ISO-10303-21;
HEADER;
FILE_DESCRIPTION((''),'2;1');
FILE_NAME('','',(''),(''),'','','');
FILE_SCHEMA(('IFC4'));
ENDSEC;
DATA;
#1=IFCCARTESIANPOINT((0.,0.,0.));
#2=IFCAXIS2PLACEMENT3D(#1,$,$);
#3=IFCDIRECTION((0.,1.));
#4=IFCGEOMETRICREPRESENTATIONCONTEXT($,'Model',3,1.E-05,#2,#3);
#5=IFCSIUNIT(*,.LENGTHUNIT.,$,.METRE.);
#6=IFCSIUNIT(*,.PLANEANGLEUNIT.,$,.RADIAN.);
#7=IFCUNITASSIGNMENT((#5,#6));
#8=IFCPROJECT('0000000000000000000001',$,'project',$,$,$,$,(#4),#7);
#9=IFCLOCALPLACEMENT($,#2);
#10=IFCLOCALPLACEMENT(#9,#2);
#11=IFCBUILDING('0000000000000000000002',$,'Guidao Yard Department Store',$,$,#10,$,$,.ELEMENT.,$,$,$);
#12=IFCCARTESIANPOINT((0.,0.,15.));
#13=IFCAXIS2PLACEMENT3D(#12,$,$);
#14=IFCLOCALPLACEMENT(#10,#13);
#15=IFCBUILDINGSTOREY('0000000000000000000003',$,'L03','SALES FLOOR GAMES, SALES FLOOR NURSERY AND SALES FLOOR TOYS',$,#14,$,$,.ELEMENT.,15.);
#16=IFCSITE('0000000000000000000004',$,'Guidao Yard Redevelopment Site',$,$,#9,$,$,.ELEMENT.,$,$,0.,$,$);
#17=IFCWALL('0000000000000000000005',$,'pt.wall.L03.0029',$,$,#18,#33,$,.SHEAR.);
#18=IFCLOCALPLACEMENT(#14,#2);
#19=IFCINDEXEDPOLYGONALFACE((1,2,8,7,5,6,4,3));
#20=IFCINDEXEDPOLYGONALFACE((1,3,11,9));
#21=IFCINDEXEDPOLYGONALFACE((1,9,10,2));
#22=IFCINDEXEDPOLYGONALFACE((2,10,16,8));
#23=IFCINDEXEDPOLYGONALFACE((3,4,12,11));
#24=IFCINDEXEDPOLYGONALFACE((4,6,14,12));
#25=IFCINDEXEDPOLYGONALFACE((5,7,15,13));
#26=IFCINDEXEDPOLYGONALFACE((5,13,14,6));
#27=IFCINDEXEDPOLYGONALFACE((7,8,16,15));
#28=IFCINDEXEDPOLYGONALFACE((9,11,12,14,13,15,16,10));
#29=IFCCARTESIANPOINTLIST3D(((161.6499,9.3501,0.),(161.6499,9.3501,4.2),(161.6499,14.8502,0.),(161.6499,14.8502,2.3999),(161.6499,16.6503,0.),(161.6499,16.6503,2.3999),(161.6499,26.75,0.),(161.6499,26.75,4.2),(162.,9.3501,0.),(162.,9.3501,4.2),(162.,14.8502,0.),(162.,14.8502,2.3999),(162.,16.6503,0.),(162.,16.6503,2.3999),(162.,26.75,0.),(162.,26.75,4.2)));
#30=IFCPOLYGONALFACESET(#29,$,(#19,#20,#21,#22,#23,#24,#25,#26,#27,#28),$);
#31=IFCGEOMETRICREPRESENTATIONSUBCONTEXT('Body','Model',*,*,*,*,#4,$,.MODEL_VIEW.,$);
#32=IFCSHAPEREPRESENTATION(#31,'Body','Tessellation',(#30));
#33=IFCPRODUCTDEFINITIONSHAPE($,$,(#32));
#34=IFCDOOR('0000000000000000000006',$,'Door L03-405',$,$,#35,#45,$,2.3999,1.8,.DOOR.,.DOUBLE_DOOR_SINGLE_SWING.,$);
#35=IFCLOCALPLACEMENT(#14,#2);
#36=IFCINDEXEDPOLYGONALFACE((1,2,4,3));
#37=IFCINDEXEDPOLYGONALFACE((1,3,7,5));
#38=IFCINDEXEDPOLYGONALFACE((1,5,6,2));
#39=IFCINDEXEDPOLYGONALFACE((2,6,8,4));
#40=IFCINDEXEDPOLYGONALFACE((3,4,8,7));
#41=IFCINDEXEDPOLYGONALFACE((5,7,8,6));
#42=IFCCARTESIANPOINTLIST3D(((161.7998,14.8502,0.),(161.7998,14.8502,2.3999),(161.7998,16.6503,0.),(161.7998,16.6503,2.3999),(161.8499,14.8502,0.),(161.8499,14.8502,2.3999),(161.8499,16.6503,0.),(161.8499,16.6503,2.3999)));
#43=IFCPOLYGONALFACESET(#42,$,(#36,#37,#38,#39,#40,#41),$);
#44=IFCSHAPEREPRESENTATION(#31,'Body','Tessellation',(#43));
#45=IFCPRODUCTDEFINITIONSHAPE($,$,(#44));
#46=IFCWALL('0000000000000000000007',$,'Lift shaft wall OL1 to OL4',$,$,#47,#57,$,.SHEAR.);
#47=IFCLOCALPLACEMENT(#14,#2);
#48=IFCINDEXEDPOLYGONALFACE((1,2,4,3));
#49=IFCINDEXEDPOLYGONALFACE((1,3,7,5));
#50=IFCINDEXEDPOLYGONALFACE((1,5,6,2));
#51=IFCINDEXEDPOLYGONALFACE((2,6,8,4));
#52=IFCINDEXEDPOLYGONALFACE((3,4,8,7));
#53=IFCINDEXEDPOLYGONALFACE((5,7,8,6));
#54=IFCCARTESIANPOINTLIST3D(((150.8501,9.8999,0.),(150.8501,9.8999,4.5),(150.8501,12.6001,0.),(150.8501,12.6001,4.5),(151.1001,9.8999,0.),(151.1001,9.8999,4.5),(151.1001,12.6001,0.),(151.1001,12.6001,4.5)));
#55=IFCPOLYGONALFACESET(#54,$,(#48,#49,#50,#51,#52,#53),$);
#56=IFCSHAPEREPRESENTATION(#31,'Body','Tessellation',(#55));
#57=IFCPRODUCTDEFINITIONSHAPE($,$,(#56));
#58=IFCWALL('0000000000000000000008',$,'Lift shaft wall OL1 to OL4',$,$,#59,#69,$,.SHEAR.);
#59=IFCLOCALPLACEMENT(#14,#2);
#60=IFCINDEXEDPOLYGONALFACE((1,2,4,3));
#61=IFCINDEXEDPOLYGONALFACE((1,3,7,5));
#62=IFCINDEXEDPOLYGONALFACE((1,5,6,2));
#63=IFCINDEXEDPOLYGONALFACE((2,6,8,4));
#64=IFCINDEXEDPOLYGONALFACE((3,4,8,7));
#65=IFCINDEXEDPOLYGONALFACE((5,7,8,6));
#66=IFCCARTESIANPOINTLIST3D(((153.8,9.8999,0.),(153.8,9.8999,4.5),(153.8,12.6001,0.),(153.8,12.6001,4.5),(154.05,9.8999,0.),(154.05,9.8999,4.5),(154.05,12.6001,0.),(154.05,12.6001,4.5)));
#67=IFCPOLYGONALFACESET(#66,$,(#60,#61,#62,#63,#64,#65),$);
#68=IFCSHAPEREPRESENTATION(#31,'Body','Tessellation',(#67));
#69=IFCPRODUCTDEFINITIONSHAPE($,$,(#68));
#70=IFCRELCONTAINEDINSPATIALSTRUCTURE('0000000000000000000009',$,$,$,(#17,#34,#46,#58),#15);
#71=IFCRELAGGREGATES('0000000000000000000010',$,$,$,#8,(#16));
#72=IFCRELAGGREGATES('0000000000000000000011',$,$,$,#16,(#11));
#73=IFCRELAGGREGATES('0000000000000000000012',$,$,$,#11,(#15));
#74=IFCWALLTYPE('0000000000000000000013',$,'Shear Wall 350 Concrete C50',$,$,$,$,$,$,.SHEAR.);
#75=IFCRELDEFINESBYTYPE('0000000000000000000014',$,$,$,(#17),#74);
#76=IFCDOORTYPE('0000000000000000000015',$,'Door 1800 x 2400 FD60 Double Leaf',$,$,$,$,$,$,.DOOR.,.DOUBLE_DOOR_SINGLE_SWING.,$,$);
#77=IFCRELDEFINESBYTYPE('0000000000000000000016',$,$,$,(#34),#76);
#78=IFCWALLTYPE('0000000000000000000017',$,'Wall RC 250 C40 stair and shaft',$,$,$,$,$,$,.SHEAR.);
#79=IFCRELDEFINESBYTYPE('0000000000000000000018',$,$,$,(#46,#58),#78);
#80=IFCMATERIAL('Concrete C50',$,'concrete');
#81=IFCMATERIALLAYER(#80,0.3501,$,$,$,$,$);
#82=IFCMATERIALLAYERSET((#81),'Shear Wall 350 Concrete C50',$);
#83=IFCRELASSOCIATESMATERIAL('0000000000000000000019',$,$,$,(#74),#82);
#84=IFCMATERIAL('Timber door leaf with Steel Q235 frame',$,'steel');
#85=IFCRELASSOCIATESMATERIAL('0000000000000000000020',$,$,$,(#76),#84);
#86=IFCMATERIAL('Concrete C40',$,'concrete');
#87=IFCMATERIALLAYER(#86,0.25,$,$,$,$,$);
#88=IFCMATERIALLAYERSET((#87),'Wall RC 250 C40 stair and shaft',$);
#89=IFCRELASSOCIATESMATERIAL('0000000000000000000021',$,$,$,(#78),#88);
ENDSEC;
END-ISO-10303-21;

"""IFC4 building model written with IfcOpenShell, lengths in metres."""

from ifc_helpers import new_model, si_unit, direction, frame, frame_2d, origin, place, context, subcontext, project, spatial, rectangle, extrude, material, layer, layer_set, type_object, element, fill, save


model = new_model("IFC4")

# Units and contexts
model_context = context("Model", 3, precision=1e-05, world=origin(), true_north=direction((0.0, 1.0)))
body_context = subcontext(model_context, "Body", "Model", "MODEL_VIEW")
ifc_project = project(units=[si_unit("LENGTHUNIT", "METRE"), si_unit("PLANEANGLEUNIT", "RADIAN")], contexts=[model_context])

# Site, building, storey
site_placement = place(None, origin())
site = spatial("IfcSite", under=ifc_project, at=site_placement, Name="Guidao Yard Redevelopment Site", CompositionType="ELEMENT", RefElevation=0.0)
building_placement = place(site_placement, origin())
building = spatial("IfcBuilding", under=site, at=building_placement, Name="Guidao Yard Department Store", CompositionType="ELEMENT")
storey_placement = place(building_placement, frame((0.0, 0.0, 15.0)))
storey = spatial("IfcBuildingStorey", under=building, at=storey_placement, Name="L03", Description="SALES FLOOR GAMES, SALES FLOOR NURSERY AND SALES FLOOR TOYS", CompositionType="ELEMENT", Elevation=15.0)

# Wall, opening, door
ifc_material_1 = material(Name="Concrete C50", Category="concrete")
ifc_layer_1 = layer(ifc_material_1, 0.3501)
ifc_layer_set_1 = layer_set([ifc_layer_1], Name="Shear Wall 350 Concrete C50")
wall_type_1 = type_object("IfcWallType", Name="Shear Wall 350 Concrete C50", PredefinedType="SHEAR", material=ifc_layer_set_1)
wall_placement = place(storey_placement, frame((161.825, 9.3501, 0.0), z_axis=(0.0, 0.0, 1.0), x_axis=(0.0, 1.0, 0.0)))
wall = element("IfcWall", 1, at=wall_placement, inside=storey, type_object=wall_type_1, Name="pt.wall.L03.0029", PredefinedType="SHEAR", context=body_context, shape_type="SweptSolid", body=[
    extrude(rectangle(XDim=17.3999, YDim=0.3501, at=frame_2d((8.7, 0.0))), origin(), (0.0, 0.0, 1.0), 4.2),
])
opening_placement = place(wall_placement, frame((7.3, 0.0, 0.0), z_axis=(0.0, 0.0, 1.0), x_axis=(-1.0, 0.0, 0.0)))
opening = element("IfcOpeningElement", 2, at=opening_placement, cuts=wall, PredefinedType="OPENING", context=body_context, shape_type="SweptSolid", body=[
    extrude(rectangle(XDim=1.8, YDim=2.3999, at=frame_2d((0.8999, 1.2))), frame((0.0, 0.1851, 0.0), z_axis=(0.0, -1.0, 0.0), x_axis=(1.0, 0.0, 0.0)), (0.0, 0.0, 1.0), 0.3701),
])
ifc_material_2 = material(Name="Timber door leaf with Steel Q235 frame", Category="steel")
door_type = type_object("IfcDoorType", Name="Door 1800 x 2400 FD60 Double Leaf", OperationType="DOUBLE_DOOR_SINGLE_SWING", PredefinedType="DOOR", material=ifc_material_2)
door_placement = place(opening_placement, origin())
door = element("IfcDoor", 3, at=door_placement, inside=storey, type_object=door_type, Name="Door L03-405", OperationType="DOUBLE_DOOR_SINGLE_SWING", OverallHeight=2.3999, OverallWidth=1.8, PredefinedType="DOOR", context=body_context, shape_type="SweptSolid", body=[
    extrude(rectangle(XDim=1.8, YDim=2.3999, at=frame_2d((0.8999, 1.2))), frame((0.0, 0.0249, 0.0), z_axis=(0.0, -1.0, 0.0), x_axis=(1.0, 0.0, 0.0)), (0.0, 0.0, 1.0), 0.05),
])
fill(opening, door)

# Walls
ifc_material_3 = material(Name="Concrete C40", Category="concrete")
ifc_layer_2 = layer(ifc_material_3, 0.25)
ifc_layer_set_2 = layer_set([ifc_layer_2], Name="Wall RC 250 C40 stair and shaft")
wall_type_2 = type_object("IfcWallType", Name="Wall RC 250 C40 stair and shaft", PredefinedType="SHEAR", material=ifc_layer_set_2)
for number, where, z_axis, x_axis, name in (
    (4, (150.9751, 9.8999, 0.0), (0.0, 0.0, 1.0), (0.0, 1.0, 0.0), "Lift shaft wall OL1 to OL4"),
    (5, (153.925, 9.8999, 0.0), (0.0, 0.0, 1.0), (0.0, 1.0, 0.0), "Lift shaft wall OL1 to OL4"),
):
    element("IfcWall", number, at=place(storey_placement, frame(where, z_axis=z_axis, x_axis=x_axis)), inside=storey, type_object=wall_type_2, Name=name, PredefinedType="SHEAR", context=body_context, shape_type="SweptSolid", body=[
        extrude(rectangle(XDim=2.7002, YDim=0.25, at=frame_2d((1.3501, 0.0))), origin(), (0.0, 0.0, 1.0), 4.5),
    ])

save(model, "model.ifc")
